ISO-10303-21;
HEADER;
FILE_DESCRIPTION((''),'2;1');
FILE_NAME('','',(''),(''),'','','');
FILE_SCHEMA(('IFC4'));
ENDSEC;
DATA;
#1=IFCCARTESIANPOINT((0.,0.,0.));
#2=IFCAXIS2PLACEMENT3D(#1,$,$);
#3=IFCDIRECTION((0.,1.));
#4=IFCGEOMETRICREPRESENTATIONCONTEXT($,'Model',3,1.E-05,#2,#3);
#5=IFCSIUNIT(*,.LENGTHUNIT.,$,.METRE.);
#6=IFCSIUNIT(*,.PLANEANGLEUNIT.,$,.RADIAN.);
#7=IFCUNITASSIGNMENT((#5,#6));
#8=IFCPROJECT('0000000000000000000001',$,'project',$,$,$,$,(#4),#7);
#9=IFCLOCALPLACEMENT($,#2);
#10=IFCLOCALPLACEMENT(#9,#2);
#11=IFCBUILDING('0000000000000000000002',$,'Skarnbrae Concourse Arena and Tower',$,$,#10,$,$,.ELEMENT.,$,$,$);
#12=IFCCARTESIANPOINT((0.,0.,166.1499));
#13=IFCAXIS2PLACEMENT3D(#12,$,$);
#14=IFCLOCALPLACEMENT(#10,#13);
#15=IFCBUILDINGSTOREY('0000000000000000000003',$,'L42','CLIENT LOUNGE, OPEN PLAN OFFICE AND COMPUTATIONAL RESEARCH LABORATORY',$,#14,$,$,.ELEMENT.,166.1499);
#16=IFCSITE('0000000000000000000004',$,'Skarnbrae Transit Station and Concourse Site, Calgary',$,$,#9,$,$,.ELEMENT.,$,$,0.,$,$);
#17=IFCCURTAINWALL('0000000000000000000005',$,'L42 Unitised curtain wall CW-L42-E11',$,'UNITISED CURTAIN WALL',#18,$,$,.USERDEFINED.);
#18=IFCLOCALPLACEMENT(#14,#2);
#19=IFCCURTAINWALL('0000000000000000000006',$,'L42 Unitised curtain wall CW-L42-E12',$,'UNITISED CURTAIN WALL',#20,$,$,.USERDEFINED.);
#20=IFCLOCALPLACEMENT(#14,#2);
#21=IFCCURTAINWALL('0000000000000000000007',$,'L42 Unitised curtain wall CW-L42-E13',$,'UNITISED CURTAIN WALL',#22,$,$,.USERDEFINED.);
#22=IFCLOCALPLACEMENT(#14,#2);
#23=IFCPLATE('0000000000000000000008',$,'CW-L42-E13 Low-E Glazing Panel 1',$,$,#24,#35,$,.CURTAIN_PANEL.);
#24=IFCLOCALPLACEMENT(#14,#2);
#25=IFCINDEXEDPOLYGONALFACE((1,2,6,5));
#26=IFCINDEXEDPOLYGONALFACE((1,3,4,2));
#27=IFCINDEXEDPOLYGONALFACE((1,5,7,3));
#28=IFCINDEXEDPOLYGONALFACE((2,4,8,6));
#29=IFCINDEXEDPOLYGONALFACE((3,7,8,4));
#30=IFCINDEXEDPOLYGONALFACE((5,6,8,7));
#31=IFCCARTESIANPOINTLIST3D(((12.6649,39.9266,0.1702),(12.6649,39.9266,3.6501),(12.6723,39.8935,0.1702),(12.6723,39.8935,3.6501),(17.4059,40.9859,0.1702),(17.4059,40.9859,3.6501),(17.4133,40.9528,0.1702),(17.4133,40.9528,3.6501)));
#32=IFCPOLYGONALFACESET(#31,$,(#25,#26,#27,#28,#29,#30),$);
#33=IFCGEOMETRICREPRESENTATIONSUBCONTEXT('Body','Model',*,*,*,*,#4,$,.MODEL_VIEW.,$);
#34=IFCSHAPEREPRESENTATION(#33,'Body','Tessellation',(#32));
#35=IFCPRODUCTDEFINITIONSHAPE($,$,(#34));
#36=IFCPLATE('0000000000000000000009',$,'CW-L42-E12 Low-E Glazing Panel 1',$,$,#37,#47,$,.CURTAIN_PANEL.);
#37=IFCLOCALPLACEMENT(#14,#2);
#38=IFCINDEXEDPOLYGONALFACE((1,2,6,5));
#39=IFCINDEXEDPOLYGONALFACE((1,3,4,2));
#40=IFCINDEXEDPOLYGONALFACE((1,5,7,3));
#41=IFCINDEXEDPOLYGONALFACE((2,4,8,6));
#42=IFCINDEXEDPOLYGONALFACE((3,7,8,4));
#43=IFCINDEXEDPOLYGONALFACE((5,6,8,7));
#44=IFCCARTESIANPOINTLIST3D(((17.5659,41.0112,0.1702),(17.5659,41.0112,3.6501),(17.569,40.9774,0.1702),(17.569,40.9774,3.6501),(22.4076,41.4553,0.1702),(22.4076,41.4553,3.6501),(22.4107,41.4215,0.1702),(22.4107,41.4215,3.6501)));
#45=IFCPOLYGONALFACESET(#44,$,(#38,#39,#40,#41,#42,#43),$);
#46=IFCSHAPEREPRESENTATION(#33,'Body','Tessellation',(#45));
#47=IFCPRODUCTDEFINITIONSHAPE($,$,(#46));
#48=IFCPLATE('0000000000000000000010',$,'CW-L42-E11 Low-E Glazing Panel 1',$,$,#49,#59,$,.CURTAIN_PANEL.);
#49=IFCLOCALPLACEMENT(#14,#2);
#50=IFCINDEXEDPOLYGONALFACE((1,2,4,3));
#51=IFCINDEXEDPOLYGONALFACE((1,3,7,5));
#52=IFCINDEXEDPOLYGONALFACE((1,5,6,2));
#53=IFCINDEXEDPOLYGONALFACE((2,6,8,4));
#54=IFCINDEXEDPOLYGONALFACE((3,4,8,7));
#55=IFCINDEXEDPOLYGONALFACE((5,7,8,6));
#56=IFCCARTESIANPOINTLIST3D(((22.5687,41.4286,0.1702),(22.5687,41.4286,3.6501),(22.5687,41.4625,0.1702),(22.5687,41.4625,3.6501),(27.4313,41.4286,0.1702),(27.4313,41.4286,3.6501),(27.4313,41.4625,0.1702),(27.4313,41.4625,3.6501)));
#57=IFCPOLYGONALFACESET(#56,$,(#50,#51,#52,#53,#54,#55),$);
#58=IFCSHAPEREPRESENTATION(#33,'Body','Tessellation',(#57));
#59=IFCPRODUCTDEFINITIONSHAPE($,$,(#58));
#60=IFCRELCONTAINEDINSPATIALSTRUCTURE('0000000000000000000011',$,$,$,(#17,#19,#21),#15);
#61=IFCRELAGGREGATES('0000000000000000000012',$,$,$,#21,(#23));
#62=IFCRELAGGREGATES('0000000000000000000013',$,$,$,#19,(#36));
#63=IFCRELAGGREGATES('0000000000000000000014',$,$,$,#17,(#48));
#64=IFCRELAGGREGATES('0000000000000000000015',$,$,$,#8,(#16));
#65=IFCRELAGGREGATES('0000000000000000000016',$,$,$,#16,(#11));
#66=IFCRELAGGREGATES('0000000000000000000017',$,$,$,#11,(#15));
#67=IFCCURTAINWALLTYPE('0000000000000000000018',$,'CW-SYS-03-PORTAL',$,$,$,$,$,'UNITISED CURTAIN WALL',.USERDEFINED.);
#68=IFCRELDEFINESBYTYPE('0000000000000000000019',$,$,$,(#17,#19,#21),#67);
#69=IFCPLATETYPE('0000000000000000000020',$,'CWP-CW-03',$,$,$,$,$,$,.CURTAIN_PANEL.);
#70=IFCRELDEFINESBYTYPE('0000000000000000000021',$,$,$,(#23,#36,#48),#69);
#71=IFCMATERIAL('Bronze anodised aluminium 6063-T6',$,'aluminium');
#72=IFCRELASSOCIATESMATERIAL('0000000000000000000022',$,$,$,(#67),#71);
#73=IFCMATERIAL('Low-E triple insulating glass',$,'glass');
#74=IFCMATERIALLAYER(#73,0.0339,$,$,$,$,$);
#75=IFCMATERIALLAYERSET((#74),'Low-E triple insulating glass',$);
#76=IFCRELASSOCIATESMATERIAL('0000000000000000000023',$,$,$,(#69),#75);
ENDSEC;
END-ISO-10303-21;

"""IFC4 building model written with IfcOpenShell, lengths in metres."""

from ifc_helpers import new_model, si_unit, direction, frame, origin, origin_2d, place, context, subcontext, project, spatial, rectangle, extrude, source, transform, mapped, material, layer, layer_set, type_object, element, aggregate, save


model = new_model("IFC4")

# Units and contexts
model_context = context("Model", 3, precision=1e-05, world=origin(), true_north=direction((0.0, 1.0)))
body_context = subcontext(model_context, "Body", "Model", "MODEL_VIEW")
ifc_project = project(units=[si_unit("LENGTHUNIT", "METRE"), si_unit("PLANEANGLEUNIT", "RADIAN")], contexts=[model_context])

# Site, building, storey
site_placement = place(None, origin())
site = spatial("IfcSite", under=ifc_project, at=site_placement, Name="Skarnbrae Transit Station and Concourse Site, Calgary", CompositionType="ELEMENT", RefElevation=0.0)
building_placement = place(site_placement, origin())
building = spatial("IfcBuilding", under=site, at=building_placement, Name="Skarnbrae Concourse Arena and Tower", CompositionType="ELEMENT")
storey_placement = place(building_placement, frame((0.0, 0.0, 166.1499)))
storey = spatial("IfcBuildingStorey", under=building, at=storey_placement, Name="L42", Description="CLIENT LOUNGE, OPEN PLAN OFFICE AND COMPUTATIONAL RESEARCH LABORATORY", CompositionType="ELEMENT", Elevation=166.1499)

# Curtain wall
ifc_material_1 = material(Name="Bronze anodised aluminium 6063-T6", Category="aluminium")
curtain_wall_type_1 = type_object("IfcCurtainWallType", Name="CW-SYS-03-PORTAL", ElementType="UNITISED CURTAIN WALL", PredefinedType="USERDEFINED", material=ifc_material_1)
curtain_wall_1_placement = place(storey_placement, origin())
curtain_wall_1 = element("IfcCurtainWall", 1, at=curtain_wall_1_placement, inside=storey, type_object=curtain_wall_type_1, Name="L42 Unitised curtain wall CW-L42-E11", ObjectType="UNITISED CURTAIN WALL", PredefinedType="USERDEFINED")

# Curtain walls
curtain_wall_2_placement = place(storey_placement, origin())
curtain_wall_2 = element("IfcCurtainWall", 2, at=curtain_wall_2_placement, inside=storey, type_object=curtain_wall_type_1, Name="L42 Unitised curtain wall CW-L42-E12", ObjectType="UNITISED CURTAIN WALL", PredefinedType="USERDEFINED")
curtain_wall_3_placement = place(storey_placement, origin())
curtain_wall_3 = element("IfcCurtainWall", 3, at=curtain_wall_3_placement, inside=storey, type_object=curtain_wall_type_1, Name="L42 Unitised curtain wall CW-L42-E13", ObjectType="UNITISED CURTAIN WALL", PredefinedType="USERDEFINED")

# Plates
ifc_material_2 = material(Name="Low-E triple insulating glass", Category="glass")
ifc_layer = layer(ifc_material_2, 0.0339)
ifc_layer_set = layer_set([ifc_layer], Name="Low-E triple insulating glass")
plate_type = type_object("IfcPlateType", Name="CWP-CW-03", PredefinedType="CURTAIN_PANEL", material=ifc_layer_set)
shared_shape_1 = source(origin(), body_context, "Body", "SweptSolid", [
    extrude(rectangle(XDim=4.8579, YDim=0.0339, at=origin_2d()), origin(), (0.0, 0.0, 1.0), 3.48),
])
plate_1_placement = place(storey_placement, frame((15.0391, 40.4397, 0.1702), z_axis=(0.0, 0.0, 1.0), x_axis=(-0.975936, -0.218056, 0.0)))
plate_1 = element("IfcPlate", 4, at=plate_1_placement, type_object=plate_type, Name="CW-L42-E13 Low-E Glazing Panel 1", PredefinedType="CURTAIN_PANEL", context=body_context, shape_type="MappedRepresentation", body=[
    mapped(shared_shape_1, transform((0.0, 0.0, 0.0))),
])
aggregate(curtain_wall_3, [plate_1])
shared_shape_2 = source(origin(), body_context, "Body", "SweptSolid", [
    extrude(rectangle(XDim=4.8621, YDim=0.0339, at=origin_2d()), origin(), (0.0, 0.0, 1.0), 3.48),
])
plate_2_placement = place(storey_placement, frame((19.9883, 41.2163, 0.1702), z_axis=(0.0, 0.0, 1.0), x_axis=(-0.99582, -0.091338, 0.0)))
plate_2 = element("IfcPlate", 5, at=plate_2_placement, type_object=plate_type, Name="CW-L42-E12 Low-E Glazing Panel 1", PredefinedType="CURTAIN_PANEL", context=body_context, shape_type="MappedRepresentation", body=[
    mapped(shared_shape_2, transform((0.0, 0.0, 0.0))),
])
aggregate(curtain_wall_2, [plate_2])
shared_shape_3 = source(origin(), body_context, "Body", "SweptSolid", [
    extrude(rectangle(XDim=4.8625, YDim=0.0339, at=origin_2d()), origin(), (0.0, 0.0, 1.0), 3.48),
])
plate_3_placement = place(storey_placement, frame((25.0, 41.4456, 0.1702), z_axis=(0.0, 0.0, 1.0), x_axis=(-1.0, 0.0, 0.0)))
plate_3 = element("IfcPlate", 6, at=plate_3_placement, type_object=plate_type, Name="CW-L42-E11 Low-E Glazing Panel 1", PredefinedType="CURTAIN_PANEL", context=body_context, shape_type="MappedRepresentation", body=[
    mapped(shared_shape_3, transform((0.0, 0.0, 0.0))),
])
aggregate(curtain_wall_1, [plate_3])

save(model, "model.ifc")
